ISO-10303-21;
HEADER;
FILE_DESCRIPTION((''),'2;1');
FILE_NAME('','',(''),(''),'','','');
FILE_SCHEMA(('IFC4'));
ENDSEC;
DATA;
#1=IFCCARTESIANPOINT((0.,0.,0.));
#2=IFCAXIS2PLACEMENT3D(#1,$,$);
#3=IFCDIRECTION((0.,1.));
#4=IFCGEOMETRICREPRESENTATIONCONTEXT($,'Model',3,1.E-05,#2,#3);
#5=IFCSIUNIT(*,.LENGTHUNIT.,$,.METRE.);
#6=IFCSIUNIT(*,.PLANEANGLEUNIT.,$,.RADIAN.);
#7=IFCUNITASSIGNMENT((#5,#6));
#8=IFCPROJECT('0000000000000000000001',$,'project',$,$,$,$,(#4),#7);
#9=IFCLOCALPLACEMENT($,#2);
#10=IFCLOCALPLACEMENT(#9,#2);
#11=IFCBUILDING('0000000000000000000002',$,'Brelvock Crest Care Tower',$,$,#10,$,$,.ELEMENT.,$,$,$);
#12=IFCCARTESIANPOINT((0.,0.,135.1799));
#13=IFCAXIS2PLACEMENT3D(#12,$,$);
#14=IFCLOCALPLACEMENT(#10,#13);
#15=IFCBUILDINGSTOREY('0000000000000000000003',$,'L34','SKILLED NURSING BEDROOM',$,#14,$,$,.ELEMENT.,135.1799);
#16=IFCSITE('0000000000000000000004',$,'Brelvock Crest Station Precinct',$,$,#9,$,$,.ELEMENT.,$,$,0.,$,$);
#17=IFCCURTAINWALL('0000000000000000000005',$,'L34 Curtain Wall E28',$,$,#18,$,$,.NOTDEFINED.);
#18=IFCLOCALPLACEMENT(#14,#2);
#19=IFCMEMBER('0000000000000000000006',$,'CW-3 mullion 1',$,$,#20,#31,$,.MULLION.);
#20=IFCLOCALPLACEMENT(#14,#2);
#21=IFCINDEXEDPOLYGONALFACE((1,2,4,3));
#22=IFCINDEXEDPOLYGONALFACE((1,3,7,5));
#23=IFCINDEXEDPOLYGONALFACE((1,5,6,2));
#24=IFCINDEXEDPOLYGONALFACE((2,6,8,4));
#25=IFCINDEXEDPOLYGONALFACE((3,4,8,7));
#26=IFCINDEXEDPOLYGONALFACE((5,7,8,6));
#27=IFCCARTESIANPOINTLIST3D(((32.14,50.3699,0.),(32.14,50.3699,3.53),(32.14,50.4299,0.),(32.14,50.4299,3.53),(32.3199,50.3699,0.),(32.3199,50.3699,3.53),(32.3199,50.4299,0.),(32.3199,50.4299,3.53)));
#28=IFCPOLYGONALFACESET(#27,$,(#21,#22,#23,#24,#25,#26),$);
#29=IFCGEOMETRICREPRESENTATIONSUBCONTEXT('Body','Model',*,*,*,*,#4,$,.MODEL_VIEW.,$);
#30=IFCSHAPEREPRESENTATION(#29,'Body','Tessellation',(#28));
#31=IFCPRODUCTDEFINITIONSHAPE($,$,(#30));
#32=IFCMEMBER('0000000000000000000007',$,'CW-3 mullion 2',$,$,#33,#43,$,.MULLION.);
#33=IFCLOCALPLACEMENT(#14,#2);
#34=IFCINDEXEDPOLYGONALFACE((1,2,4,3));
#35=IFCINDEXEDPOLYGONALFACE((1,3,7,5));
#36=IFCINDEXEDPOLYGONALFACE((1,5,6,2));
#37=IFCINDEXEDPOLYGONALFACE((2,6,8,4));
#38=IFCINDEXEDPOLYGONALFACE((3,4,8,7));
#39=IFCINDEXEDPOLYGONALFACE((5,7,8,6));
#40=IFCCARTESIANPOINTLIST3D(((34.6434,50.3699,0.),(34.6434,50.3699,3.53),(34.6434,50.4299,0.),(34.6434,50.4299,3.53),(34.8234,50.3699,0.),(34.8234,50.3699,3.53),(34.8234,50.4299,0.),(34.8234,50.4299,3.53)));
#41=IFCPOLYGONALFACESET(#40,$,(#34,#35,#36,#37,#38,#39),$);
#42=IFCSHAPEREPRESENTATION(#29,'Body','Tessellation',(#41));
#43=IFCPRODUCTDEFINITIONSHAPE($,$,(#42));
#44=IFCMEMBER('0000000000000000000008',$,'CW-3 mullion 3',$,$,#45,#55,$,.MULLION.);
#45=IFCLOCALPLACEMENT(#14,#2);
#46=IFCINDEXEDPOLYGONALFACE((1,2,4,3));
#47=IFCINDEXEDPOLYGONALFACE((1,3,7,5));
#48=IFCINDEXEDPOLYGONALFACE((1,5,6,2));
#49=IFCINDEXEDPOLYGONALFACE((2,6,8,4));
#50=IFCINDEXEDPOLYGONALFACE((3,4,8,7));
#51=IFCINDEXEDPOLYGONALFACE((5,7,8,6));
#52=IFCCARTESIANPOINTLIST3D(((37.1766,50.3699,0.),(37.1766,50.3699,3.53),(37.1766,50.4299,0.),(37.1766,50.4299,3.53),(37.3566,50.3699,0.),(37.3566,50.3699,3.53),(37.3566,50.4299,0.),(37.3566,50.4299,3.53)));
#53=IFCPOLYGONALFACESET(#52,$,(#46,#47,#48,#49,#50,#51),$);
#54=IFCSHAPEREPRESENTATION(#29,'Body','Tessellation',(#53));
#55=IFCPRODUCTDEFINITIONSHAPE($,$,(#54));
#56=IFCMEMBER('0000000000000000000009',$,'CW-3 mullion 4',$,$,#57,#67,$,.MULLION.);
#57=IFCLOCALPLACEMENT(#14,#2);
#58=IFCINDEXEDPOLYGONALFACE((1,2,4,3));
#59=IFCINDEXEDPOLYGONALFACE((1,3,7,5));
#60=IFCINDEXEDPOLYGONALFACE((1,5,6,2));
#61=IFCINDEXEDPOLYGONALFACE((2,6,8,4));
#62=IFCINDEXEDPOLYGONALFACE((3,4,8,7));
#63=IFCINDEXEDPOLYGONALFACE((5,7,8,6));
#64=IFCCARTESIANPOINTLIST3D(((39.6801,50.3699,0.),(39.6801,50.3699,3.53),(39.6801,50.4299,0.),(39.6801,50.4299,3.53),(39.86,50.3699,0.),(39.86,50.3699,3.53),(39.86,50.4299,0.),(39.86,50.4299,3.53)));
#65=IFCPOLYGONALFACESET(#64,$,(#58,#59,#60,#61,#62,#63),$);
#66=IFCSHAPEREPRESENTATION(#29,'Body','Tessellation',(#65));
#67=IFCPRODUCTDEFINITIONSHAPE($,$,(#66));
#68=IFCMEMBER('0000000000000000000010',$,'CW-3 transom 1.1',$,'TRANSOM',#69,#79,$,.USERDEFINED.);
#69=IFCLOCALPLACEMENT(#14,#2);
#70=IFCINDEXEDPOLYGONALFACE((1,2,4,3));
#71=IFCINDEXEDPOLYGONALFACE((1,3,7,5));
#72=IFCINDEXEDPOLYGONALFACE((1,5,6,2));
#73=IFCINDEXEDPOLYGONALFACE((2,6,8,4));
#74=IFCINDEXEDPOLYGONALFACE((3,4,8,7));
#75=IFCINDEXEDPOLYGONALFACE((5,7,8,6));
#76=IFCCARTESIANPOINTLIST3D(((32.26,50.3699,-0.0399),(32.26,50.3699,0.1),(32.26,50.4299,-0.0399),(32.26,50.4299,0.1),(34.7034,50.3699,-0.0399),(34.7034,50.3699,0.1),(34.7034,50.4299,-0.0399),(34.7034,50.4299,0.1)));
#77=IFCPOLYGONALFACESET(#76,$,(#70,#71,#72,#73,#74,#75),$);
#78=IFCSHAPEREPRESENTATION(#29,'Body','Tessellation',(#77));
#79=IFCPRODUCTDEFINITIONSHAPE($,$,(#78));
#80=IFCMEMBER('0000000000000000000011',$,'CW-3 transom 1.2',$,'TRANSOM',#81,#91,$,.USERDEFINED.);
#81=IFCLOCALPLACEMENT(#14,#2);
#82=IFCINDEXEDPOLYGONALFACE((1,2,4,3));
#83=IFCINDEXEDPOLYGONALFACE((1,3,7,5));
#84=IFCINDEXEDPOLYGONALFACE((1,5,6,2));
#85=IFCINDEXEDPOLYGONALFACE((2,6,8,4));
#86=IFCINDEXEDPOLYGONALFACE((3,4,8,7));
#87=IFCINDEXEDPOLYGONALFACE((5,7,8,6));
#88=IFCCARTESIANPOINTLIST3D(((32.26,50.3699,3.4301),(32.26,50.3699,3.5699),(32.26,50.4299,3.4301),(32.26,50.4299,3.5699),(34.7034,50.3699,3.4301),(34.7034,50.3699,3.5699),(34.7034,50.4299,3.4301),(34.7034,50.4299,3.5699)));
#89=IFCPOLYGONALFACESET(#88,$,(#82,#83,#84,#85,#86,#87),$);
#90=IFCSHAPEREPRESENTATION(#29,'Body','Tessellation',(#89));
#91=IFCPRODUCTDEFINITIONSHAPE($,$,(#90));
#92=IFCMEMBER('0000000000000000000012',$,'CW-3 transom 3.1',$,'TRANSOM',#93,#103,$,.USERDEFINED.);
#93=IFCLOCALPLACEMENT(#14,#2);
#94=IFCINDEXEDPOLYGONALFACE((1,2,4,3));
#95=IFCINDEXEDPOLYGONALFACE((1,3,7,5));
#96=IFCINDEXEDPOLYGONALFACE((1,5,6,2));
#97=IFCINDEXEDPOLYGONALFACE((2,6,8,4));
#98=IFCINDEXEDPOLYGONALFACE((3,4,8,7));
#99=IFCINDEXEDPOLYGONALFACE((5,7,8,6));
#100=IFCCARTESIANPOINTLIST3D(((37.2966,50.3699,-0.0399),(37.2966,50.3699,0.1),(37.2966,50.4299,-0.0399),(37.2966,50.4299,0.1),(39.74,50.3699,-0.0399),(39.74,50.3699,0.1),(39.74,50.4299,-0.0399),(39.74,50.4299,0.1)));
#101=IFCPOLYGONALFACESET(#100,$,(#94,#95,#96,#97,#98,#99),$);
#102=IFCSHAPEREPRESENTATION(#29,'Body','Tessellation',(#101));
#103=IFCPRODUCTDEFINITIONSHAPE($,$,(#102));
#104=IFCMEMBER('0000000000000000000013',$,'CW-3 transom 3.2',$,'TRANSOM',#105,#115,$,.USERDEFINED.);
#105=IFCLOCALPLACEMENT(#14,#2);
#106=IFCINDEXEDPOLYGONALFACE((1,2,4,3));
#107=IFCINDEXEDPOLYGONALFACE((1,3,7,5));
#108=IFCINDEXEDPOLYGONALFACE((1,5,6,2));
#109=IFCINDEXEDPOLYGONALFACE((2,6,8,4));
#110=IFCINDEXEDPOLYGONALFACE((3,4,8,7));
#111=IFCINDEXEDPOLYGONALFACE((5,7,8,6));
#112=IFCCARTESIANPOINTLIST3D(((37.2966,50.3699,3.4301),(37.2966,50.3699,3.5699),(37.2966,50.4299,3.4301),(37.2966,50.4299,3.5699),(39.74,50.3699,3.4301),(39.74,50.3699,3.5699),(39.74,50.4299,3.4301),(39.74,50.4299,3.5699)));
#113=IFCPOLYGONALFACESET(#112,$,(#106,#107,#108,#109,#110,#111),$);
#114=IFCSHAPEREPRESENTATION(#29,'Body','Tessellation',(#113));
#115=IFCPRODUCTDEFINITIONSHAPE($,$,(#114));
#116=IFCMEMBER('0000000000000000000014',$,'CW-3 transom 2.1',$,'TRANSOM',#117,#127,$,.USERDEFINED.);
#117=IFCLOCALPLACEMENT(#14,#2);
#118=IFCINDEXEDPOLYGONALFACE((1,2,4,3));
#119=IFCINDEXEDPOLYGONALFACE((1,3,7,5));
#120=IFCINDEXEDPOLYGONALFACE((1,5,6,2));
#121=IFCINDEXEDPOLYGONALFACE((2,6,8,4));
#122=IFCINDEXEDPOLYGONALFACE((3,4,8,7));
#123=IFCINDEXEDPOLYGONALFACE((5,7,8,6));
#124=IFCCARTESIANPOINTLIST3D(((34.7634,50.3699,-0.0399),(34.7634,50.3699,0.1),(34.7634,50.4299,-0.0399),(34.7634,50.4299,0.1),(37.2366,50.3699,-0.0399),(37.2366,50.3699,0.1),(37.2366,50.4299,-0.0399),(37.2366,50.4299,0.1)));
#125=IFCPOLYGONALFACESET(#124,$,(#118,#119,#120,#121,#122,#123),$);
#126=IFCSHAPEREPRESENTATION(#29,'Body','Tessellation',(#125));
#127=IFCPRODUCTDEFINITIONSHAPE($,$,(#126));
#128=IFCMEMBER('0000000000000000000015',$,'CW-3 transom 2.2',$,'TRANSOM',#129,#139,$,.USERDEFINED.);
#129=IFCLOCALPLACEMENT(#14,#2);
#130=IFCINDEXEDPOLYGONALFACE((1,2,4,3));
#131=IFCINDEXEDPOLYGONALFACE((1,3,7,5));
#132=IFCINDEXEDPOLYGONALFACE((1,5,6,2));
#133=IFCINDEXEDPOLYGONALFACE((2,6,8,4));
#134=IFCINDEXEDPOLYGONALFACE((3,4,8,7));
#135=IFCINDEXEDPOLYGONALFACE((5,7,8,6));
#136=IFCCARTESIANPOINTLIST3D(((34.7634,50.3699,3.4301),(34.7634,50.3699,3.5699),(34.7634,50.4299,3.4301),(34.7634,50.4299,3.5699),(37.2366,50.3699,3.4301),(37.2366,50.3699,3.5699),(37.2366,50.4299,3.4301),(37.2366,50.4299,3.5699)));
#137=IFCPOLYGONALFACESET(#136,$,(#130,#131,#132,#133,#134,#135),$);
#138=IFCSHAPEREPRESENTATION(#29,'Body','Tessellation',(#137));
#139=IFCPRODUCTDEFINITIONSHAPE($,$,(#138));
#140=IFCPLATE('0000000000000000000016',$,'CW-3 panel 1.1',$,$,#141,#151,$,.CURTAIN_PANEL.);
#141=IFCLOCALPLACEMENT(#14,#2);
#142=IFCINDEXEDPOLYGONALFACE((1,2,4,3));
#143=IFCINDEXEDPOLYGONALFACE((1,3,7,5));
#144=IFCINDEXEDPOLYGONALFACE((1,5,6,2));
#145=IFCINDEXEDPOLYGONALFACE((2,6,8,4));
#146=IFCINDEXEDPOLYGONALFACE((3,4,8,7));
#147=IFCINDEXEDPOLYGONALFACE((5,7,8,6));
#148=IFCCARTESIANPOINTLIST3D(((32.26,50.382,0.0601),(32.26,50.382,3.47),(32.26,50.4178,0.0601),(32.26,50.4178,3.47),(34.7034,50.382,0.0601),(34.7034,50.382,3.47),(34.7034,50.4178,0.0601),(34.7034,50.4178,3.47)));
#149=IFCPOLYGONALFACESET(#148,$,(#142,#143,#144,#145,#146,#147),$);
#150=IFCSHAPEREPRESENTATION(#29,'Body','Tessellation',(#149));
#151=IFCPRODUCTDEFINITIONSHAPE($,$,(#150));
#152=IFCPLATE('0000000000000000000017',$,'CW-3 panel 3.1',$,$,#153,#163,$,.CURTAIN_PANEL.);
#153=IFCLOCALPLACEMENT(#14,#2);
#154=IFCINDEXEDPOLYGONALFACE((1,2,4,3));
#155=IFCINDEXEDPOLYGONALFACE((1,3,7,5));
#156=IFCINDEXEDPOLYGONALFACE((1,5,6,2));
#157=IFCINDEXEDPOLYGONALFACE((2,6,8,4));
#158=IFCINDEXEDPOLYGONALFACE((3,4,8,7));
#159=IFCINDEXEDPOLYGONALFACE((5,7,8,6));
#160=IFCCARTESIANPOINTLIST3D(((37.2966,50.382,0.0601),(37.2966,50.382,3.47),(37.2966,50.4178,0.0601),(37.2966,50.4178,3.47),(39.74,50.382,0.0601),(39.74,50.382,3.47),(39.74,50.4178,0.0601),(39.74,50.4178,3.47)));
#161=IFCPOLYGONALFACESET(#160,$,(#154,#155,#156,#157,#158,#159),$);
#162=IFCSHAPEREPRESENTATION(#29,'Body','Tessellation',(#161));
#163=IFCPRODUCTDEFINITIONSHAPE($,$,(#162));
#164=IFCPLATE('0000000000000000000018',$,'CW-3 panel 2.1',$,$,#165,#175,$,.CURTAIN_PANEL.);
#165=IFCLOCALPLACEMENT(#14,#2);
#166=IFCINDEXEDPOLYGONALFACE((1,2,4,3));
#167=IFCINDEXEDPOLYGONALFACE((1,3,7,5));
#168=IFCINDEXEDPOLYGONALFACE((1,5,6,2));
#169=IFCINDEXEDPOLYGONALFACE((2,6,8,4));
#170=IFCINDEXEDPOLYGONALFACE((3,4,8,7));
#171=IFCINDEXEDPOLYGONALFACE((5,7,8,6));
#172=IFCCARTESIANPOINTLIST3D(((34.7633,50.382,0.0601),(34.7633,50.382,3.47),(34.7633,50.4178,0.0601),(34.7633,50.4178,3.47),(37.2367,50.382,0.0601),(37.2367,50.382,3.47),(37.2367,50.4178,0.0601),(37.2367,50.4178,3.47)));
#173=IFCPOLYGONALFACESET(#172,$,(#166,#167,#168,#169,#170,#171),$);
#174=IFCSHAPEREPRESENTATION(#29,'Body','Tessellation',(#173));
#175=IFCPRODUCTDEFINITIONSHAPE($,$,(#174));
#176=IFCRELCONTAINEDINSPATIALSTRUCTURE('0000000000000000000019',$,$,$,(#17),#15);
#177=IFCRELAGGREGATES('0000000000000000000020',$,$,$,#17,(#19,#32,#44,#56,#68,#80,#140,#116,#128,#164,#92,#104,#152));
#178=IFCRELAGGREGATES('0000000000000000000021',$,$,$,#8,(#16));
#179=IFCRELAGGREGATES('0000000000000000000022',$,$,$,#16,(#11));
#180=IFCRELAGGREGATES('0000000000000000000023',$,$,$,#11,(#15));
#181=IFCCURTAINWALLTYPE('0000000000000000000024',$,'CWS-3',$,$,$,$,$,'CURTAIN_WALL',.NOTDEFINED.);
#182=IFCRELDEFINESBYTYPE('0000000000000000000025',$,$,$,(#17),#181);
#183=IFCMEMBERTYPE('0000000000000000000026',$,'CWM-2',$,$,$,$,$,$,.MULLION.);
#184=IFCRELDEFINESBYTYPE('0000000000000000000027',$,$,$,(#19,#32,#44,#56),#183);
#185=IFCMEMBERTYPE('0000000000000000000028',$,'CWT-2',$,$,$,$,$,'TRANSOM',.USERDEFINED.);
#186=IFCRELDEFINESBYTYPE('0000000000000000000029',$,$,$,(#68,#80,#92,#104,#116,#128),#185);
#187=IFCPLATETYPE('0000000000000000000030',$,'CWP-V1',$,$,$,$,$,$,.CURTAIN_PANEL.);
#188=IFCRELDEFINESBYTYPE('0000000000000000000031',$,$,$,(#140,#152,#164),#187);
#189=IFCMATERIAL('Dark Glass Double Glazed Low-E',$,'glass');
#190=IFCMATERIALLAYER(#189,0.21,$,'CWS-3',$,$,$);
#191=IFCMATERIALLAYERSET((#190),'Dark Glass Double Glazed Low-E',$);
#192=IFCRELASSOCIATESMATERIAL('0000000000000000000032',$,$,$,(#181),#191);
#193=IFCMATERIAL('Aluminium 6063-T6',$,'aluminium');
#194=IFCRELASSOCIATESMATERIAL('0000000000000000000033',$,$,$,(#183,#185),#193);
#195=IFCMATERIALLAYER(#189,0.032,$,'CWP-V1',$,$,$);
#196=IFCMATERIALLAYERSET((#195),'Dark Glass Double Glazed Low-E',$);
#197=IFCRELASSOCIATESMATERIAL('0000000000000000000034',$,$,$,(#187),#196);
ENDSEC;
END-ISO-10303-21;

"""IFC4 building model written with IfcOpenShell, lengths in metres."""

from ifc_helpers import new_model, si_unit, direction, frame, origin, origin_2d, place, context, subcontext, project, spatial, rectangle, extrude, source, transform, mapped, material, layer, layer_set, material_profile, profile_set, type_object, element, aggregate, save


model = new_model("IFC4")

# Units and contexts
model_context = context("Model", 3, precision=1e-05, world=origin(), true_north=direction((0.0, 1.0)))
body_context = subcontext(model_context, "Body", "Model", "MODEL_VIEW")
ifc_project = project(units=[si_unit("LENGTHUNIT", "METRE"), si_unit("PLANEANGLEUNIT", "RADIAN")], contexts=[model_context])

# Site, building, storey
site_placement = place(None, origin())
site = spatial("IfcSite", under=ifc_project, at=site_placement, Name="Brelvock Crest Station Precinct", CompositionType="ELEMENT", RefElevation=0.0)
building_placement = place(site_placement, origin())
building = spatial("IfcBuilding", under=site, at=building_placement, Name="Brelvock Crest Care Tower", CompositionType="ELEMENT")
storey_placement = place(building_placement, frame((0.0, 0.0, 135.1799)))
storey = spatial("IfcBuildingStorey", under=building, at=storey_placement, Name="L34", Description="SKILLED NURSING BEDROOM", CompositionType="ELEMENT", Elevation=135.1799)

# Curtain wall, members, plates
ifc_material_1 = material(Name="Dark Glass Double Glazed Low-E", Category="glass")
ifc_layer_1 = layer(ifc_material_1, 0.21, Name="CWS-3")
ifc_layer_set_1 = layer_set([ifc_layer_1], Name="Dark Glass Double Glazed Low-E")
curtain_wall_type = type_object("IfcCurtainWallType", Name="CWS-3", ElementType="CURTAIN_WALL", PredefinedType="NOTDEFINED", material=ifc_layer_set_1)
curtain_wall_placement = place(storey_placement, origin())
curtain_wall = element("IfcCurtainWall", 1, at=curtain_wall_placement, inside=storey, type_object=curtain_wall_type, Name="L34 Curtain Wall E28", PredefinedType="NOTDEFINED")
ifc_material_2 = material(Name="Aluminium 6063-T6", Category="aluminium")
ifc_material_profile_1 = material_profile(ifc_material_2, rectangle(XDim=0.0601, YDim=0.1799, at=origin_2d()), Name="ALU60x180")
ifc_profile_set_1 = profile_set([ifc_material_profile_1], Name="Aluminium 6063-T6")
member_type_1 = type_object("IfcMemberType", Name="CWM-2", PredefinedType="MULLION", material=ifc_profile_set_1)
shared_shape_1 = source(origin(), body_context, "Body", "SweptSolid", [
    extrude(rectangle(XDim=0.0601, YDim=0.1799, at=origin_2d()), origin(), (0.0, 0.0, 1.0), 3.53),
])
member_1_placement = place(storey_placement, frame((32.23, 50.3999, 0.0), z_axis=(0.0, 0.0, 1.0), x_axis=(0.0, 1.0, 0.0)))
member_1 = element("IfcMember", 2, at=member_1_placement, type_object=member_type_1, Name="CW-3 mullion 1", PredefinedType="MULLION", context=body_context, shape_type="MappedRepresentation", body=[
    mapped(shared_shape_1, transform((0.0, 0.0, 0.0), x_axis=(1.0, 0.0, 0.0), y_axis=(0.0, 1.0, 0.0), z_axis=(0.0, 0.0, 1.0), scale=1.0)),
])
member_2_placement = place(storey_placement, frame((34.7334, 50.3999, 0.0), z_axis=(0.0, 0.0, 1.0), x_axis=(0.0, 1.0, 0.0)))
member_2 = element("IfcMember", 3, at=member_2_placement, type_object=member_type_1, Name="CW-3 mullion 2", PredefinedType="MULLION", context=body_context, shape_type="MappedRepresentation", body=[
    mapped(shared_shape_1, transform((0.0, 0.0, 0.0), x_axis=(1.0, 0.0, 0.0), y_axis=(0.0, 1.0, 0.0), z_axis=(0.0, 0.0, 1.0), scale=1.0)),
])
member_3_placement = place(storey_placement, frame((37.2666, 50.3999, 0.0), z_axis=(0.0, 0.0, 1.0), x_axis=(0.0, 1.0, 0.0)))
member_3 = element("IfcMember", 4, at=member_3_placement, type_object=member_type_1, Name="CW-3 mullion 3", PredefinedType="MULLION", context=body_context, shape_type="MappedRepresentation", body=[
    mapped(shared_shape_1, transform((0.0, 0.0, 0.0), x_axis=(1.0, 0.0, 0.0), y_axis=(0.0, 1.0, 0.0), z_axis=(0.0, 0.0, 1.0), scale=1.0)),
])
member_4_placement = place(storey_placement, frame((39.77, 50.3999, 0.0), z_axis=(0.0, 0.0, 1.0), x_axis=(0.0, 1.0, 0.0)))
member_4 = element("IfcMember", 5, at=member_4_placement, type_object=member_type_1, Name="CW-3 mullion 4", PredefinedType="MULLION", context=body_context, shape_type="MappedRepresentation", body=[
    mapped(shared_shape_1, transform((0.0, 0.0, 0.0), x_axis=(1.0, 0.0, 0.0), y_axis=(0.0, 1.0, 0.0), z_axis=(0.0, 0.0, 1.0), scale=1.0)),
])
ifc_material_profile_2 = material_profile(ifc_material_2, rectangle(XDim=0.0601, YDim=0.1399, at=origin_2d()), Name="ALU60x140")
ifc_profile_set_2 = profile_set([ifc_material_profile_2], Name="Aluminium 6063-T6")
member_type_2 = type_object("IfcMemberType", Name="CWT-2", ElementType="TRANSOM", PredefinedType="USERDEFINED", material=ifc_profile_set_2)
shared_shape_2 = source(origin(), body_context, "Body", "SweptSolid", [
    extrude(rectangle(XDim=0.0601, YDim=0.1399, at=origin_2d()), origin(), (0.0, 0.0, 1.0), 2.4434),
])
member_5_placement = place(storey_placement, frame((32.26, 50.3999, 0.03), z_axis=(1.0, 0.0, 0.0), x_axis=(0.0, 1.0, 0.0)))
member_5 = element("IfcMember", 6, at=member_5_placement, type_object=member_type_2, Name="CW-3 transom 1.1", ObjectType="TRANSOM", PredefinedType="USERDEFINED", context=body_context, shape_type="MappedRepresentation", body=[
    mapped(shared_shape_2, transform((0.0, 0.0, 0.0), x_axis=(1.0, 0.0, 0.0), y_axis=(0.0, 1.0, 0.0), z_axis=(0.0, 0.0, 1.0), scale=1.0)),
])
member_6_placement = place(storey_placement, frame((32.26, 50.3999, 3.5), z_axis=(1.0, 0.0, 0.0), x_axis=(0.0, 1.0, 0.0)))
member_6 = element("IfcMember", 7, at=member_6_placement, type_object=member_type_2, Name="CW-3 transom 1.2", ObjectType="TRANSOM", PredefinedType="USERDEFINED", context=body_context, shape_type="MappedRepresentation", body=[
    mapped(shared_shape_2, transform((0.0, 0.0, 0.0), x_axis=(1.0, 0.0, 0.0), y_axis=(0.0, 1.0, 0.0), z_axis=(0.0, 0.0, 1.0), scale=1.0)),
])
member_7_placement = place(storey_placement, frame((37.2966, 50.3999, 0.03), z_axis=(1.0, 0.0, 0.0), x_axis=(0.0, 1.0, 0.0)))
member_7 = element("IfcMember", 8, at=member_7_placement, type_object=member_type_2, Name="CW-3 transom 3.1", ObjectType="TRANSOM", PredefinedType="USERDEFINED", context=body_context, shape_type="MappedRepresentation", body=[
    mapped(shared_shape_2, transform((0.0, 0.0, 0.0), x_axis=(1.0, 0.0, 0.0), y_axis=(0.0, 1.0, 0.0), z_axis=(0.0, 0.0, 1.0), scale=1.0)),
])
member_8_placement = place(storey_placement, frame((37.2966, 50.3999, 3.5), z_axis=(1.0, 0.0, 0.0), x_axis=(0.0, 1.0, 0.0)))
member_8 = element("IfcMember", 9, at=member_8_placement, type_object=member_type_2, Name="CW-3 transom 3.2", ObjectType="TRANSOM", PredefinedType="USERDEFINED", context=body_context, shape_type="MappedRepresentation", body=[
    mapped(shared_shape_2, transform((0.0, 0.0, 0.0), x_axis=(1.0, 0.0, 0.0), y_axis=(0.0, 1.0, 0.0), z_axis=(0.0, 0.0, 1.0), scale=1.0)),
])
shared_shape_3 = source(origin(), body_context, "Body", "SweptSolid", [
    extrude(rectangle(XDim=0.0601, YDim=0.1399, at=origin_2d()), origin(), (0.0, 0.0, 1.0), 2.4731),
])
member_9_placement = place(storey_placement, frame((34.7634, 50.3999, 0.03), z_axis=(1.0, 0.0, 0.0), x_axis=(0.0, 1.0, 0.0)))
member_9 = element("IfcMember", 10, at=member_9_placement, type_object=member_type_2, Name="CW-3 transom 2.1", ObjectType="TRANSOM", PredefinedType="USERDEFINED", context=body_context, shape_type="MappedRepresentation", body=[
    mapped(shared_shape_3, transform((0.0, 0.0, 0.0), x_axis=(1.0, 0.0, 0.0), y_axis=(0.0, 1.0, 0.0), z_axis=(0.0, 0.0, 1.0), scale=1.0)),
])
member_10_placement = place(storey_placement, frame((34.7634, 50.3999, 3.5), z_axis=(1.0, 0.0, 0.0), x_axis=(0.0, 1.0, 0.0)))
member_10 = element("IfcMember", 11, at=member_10_placement, type_object=member_type_2, Name="CW-3 transom 2.2", ObjectType="TRANSOM", PredefinedType="USERDEFINED", context=body_context, shape_type="MappedRepresentation", body=[
    mapped(shared_shape_3, transform((0.0, 0.0, 0.0), x_axis=(1.0, 0.0, 0.0), y_axis=(0.0, 1.0, 0.0), z_axis=(0.0, 0.0, 1.0), scale=1.0)),
])
ifc_layer_2 = layer(ifc_material_1, 0.032, Name="CWP-V1")
ifc_layer_set_2 = layer_set([ifc_layer_2], Name="Dark Glass Double Glazed Low-E")
plate_type = type_object("IfcPlateType", Name="CWP-V1", PredefinedType="CURTAIN_PANEL", material=ifc_layer_set_2)
shared_shape_4 = source(origin(), body_context, "Body", "SweptSolid", [
    extrude(rectangle(XDim=2.4434, YDim=0.0359, at=origin_2d()), origin(), (0.0, 0.0, 1.0), 3.4099),
])
plate_1_placement = place(storey_placement, frame((33.4817, 50.3999, 0.0601), z_axis=(0.0, 0.0, 1.0), x_axis=(1.0, 0.0, 0.0)))
plate_1 = element("IfcPlate", 12, at=plate_1_placement, type_object=plate_type, Name="CW-3 panel 1.1", PredefinedType="CURTAIN_PANEL", context=body_context, shape_type="MappedRepresentation", body=[
    mapped(shared_shape_4, transform((0.0, 0.0, 0.0), x_axis=(1.0, 0.0, 0.0), y_axis=(0.0, 1.0, 0.0), z_axis=(0.0, 0.0, 1.0), scale=1.0)),
])
plate_2_placement = place(storey_placement, frame((38.5183, 50.3999, 0.0601), z_axis=(0.0, 0.0, 1.0), x_axis=(1.0, 0.0, 0.0)))
plate_2 = element("IfcPlate", 13, at=plate_2_placement, type_object=plate_type, Name="CW-3 panel 3.1", PredefinedType="CURTAIN_PANEL", context=body_context, shape_type="MappedRepresentation", body=[
    mapped(shared_shape_4, transform((0.0, 0.0, 0.0), x_axis=(1.0, 0.0, 0.0), y_axis=(0.0, 1.0, 0.0), z_axis=(0.0, 0.0, 1.0), scale=1.0)),
])
shared_shape_5 = source(origin(), body_context, "Body", "SweptSolid", [
    extrude(rectangle(XDim=2.4734, YDim=0.0359, at=origin_2d()), origin(), (0.0, 0.0, 1.0), 3.4099),
])
plate_3_placement = place(storey_placement, frame((36.0, 50.3999, 0.0601), z_axis=(0.0, 0.0, 1.0), x_axis=(1.0, 0.0, 0.0)))
plate_3 = element("IfcPlate", 14, at=plate_3_placement, type_object=plate_type, Name="CW-3 panel 2.1", PredefinedType="CURTAIN_PANEL", context=body_context, shape_type="MappedRepresentation", body=[
    mapped(shared_shape_5, transform((0.0, 0.0, 0.0), x_axis=(1.0, 0.0, 0.0), y_axis=(0.0, 1.0, 0.0), z_axis=(0.0, 0.0, 1.0), scale=1.0)),
])
aggregate(curtain_wall, [member_1, member_2, member_3, member_4, member_5, member_6, plate_1, member_9, member_10, plate_3, member_7, member_8, plate_2])

save(model, "model.ifc")
